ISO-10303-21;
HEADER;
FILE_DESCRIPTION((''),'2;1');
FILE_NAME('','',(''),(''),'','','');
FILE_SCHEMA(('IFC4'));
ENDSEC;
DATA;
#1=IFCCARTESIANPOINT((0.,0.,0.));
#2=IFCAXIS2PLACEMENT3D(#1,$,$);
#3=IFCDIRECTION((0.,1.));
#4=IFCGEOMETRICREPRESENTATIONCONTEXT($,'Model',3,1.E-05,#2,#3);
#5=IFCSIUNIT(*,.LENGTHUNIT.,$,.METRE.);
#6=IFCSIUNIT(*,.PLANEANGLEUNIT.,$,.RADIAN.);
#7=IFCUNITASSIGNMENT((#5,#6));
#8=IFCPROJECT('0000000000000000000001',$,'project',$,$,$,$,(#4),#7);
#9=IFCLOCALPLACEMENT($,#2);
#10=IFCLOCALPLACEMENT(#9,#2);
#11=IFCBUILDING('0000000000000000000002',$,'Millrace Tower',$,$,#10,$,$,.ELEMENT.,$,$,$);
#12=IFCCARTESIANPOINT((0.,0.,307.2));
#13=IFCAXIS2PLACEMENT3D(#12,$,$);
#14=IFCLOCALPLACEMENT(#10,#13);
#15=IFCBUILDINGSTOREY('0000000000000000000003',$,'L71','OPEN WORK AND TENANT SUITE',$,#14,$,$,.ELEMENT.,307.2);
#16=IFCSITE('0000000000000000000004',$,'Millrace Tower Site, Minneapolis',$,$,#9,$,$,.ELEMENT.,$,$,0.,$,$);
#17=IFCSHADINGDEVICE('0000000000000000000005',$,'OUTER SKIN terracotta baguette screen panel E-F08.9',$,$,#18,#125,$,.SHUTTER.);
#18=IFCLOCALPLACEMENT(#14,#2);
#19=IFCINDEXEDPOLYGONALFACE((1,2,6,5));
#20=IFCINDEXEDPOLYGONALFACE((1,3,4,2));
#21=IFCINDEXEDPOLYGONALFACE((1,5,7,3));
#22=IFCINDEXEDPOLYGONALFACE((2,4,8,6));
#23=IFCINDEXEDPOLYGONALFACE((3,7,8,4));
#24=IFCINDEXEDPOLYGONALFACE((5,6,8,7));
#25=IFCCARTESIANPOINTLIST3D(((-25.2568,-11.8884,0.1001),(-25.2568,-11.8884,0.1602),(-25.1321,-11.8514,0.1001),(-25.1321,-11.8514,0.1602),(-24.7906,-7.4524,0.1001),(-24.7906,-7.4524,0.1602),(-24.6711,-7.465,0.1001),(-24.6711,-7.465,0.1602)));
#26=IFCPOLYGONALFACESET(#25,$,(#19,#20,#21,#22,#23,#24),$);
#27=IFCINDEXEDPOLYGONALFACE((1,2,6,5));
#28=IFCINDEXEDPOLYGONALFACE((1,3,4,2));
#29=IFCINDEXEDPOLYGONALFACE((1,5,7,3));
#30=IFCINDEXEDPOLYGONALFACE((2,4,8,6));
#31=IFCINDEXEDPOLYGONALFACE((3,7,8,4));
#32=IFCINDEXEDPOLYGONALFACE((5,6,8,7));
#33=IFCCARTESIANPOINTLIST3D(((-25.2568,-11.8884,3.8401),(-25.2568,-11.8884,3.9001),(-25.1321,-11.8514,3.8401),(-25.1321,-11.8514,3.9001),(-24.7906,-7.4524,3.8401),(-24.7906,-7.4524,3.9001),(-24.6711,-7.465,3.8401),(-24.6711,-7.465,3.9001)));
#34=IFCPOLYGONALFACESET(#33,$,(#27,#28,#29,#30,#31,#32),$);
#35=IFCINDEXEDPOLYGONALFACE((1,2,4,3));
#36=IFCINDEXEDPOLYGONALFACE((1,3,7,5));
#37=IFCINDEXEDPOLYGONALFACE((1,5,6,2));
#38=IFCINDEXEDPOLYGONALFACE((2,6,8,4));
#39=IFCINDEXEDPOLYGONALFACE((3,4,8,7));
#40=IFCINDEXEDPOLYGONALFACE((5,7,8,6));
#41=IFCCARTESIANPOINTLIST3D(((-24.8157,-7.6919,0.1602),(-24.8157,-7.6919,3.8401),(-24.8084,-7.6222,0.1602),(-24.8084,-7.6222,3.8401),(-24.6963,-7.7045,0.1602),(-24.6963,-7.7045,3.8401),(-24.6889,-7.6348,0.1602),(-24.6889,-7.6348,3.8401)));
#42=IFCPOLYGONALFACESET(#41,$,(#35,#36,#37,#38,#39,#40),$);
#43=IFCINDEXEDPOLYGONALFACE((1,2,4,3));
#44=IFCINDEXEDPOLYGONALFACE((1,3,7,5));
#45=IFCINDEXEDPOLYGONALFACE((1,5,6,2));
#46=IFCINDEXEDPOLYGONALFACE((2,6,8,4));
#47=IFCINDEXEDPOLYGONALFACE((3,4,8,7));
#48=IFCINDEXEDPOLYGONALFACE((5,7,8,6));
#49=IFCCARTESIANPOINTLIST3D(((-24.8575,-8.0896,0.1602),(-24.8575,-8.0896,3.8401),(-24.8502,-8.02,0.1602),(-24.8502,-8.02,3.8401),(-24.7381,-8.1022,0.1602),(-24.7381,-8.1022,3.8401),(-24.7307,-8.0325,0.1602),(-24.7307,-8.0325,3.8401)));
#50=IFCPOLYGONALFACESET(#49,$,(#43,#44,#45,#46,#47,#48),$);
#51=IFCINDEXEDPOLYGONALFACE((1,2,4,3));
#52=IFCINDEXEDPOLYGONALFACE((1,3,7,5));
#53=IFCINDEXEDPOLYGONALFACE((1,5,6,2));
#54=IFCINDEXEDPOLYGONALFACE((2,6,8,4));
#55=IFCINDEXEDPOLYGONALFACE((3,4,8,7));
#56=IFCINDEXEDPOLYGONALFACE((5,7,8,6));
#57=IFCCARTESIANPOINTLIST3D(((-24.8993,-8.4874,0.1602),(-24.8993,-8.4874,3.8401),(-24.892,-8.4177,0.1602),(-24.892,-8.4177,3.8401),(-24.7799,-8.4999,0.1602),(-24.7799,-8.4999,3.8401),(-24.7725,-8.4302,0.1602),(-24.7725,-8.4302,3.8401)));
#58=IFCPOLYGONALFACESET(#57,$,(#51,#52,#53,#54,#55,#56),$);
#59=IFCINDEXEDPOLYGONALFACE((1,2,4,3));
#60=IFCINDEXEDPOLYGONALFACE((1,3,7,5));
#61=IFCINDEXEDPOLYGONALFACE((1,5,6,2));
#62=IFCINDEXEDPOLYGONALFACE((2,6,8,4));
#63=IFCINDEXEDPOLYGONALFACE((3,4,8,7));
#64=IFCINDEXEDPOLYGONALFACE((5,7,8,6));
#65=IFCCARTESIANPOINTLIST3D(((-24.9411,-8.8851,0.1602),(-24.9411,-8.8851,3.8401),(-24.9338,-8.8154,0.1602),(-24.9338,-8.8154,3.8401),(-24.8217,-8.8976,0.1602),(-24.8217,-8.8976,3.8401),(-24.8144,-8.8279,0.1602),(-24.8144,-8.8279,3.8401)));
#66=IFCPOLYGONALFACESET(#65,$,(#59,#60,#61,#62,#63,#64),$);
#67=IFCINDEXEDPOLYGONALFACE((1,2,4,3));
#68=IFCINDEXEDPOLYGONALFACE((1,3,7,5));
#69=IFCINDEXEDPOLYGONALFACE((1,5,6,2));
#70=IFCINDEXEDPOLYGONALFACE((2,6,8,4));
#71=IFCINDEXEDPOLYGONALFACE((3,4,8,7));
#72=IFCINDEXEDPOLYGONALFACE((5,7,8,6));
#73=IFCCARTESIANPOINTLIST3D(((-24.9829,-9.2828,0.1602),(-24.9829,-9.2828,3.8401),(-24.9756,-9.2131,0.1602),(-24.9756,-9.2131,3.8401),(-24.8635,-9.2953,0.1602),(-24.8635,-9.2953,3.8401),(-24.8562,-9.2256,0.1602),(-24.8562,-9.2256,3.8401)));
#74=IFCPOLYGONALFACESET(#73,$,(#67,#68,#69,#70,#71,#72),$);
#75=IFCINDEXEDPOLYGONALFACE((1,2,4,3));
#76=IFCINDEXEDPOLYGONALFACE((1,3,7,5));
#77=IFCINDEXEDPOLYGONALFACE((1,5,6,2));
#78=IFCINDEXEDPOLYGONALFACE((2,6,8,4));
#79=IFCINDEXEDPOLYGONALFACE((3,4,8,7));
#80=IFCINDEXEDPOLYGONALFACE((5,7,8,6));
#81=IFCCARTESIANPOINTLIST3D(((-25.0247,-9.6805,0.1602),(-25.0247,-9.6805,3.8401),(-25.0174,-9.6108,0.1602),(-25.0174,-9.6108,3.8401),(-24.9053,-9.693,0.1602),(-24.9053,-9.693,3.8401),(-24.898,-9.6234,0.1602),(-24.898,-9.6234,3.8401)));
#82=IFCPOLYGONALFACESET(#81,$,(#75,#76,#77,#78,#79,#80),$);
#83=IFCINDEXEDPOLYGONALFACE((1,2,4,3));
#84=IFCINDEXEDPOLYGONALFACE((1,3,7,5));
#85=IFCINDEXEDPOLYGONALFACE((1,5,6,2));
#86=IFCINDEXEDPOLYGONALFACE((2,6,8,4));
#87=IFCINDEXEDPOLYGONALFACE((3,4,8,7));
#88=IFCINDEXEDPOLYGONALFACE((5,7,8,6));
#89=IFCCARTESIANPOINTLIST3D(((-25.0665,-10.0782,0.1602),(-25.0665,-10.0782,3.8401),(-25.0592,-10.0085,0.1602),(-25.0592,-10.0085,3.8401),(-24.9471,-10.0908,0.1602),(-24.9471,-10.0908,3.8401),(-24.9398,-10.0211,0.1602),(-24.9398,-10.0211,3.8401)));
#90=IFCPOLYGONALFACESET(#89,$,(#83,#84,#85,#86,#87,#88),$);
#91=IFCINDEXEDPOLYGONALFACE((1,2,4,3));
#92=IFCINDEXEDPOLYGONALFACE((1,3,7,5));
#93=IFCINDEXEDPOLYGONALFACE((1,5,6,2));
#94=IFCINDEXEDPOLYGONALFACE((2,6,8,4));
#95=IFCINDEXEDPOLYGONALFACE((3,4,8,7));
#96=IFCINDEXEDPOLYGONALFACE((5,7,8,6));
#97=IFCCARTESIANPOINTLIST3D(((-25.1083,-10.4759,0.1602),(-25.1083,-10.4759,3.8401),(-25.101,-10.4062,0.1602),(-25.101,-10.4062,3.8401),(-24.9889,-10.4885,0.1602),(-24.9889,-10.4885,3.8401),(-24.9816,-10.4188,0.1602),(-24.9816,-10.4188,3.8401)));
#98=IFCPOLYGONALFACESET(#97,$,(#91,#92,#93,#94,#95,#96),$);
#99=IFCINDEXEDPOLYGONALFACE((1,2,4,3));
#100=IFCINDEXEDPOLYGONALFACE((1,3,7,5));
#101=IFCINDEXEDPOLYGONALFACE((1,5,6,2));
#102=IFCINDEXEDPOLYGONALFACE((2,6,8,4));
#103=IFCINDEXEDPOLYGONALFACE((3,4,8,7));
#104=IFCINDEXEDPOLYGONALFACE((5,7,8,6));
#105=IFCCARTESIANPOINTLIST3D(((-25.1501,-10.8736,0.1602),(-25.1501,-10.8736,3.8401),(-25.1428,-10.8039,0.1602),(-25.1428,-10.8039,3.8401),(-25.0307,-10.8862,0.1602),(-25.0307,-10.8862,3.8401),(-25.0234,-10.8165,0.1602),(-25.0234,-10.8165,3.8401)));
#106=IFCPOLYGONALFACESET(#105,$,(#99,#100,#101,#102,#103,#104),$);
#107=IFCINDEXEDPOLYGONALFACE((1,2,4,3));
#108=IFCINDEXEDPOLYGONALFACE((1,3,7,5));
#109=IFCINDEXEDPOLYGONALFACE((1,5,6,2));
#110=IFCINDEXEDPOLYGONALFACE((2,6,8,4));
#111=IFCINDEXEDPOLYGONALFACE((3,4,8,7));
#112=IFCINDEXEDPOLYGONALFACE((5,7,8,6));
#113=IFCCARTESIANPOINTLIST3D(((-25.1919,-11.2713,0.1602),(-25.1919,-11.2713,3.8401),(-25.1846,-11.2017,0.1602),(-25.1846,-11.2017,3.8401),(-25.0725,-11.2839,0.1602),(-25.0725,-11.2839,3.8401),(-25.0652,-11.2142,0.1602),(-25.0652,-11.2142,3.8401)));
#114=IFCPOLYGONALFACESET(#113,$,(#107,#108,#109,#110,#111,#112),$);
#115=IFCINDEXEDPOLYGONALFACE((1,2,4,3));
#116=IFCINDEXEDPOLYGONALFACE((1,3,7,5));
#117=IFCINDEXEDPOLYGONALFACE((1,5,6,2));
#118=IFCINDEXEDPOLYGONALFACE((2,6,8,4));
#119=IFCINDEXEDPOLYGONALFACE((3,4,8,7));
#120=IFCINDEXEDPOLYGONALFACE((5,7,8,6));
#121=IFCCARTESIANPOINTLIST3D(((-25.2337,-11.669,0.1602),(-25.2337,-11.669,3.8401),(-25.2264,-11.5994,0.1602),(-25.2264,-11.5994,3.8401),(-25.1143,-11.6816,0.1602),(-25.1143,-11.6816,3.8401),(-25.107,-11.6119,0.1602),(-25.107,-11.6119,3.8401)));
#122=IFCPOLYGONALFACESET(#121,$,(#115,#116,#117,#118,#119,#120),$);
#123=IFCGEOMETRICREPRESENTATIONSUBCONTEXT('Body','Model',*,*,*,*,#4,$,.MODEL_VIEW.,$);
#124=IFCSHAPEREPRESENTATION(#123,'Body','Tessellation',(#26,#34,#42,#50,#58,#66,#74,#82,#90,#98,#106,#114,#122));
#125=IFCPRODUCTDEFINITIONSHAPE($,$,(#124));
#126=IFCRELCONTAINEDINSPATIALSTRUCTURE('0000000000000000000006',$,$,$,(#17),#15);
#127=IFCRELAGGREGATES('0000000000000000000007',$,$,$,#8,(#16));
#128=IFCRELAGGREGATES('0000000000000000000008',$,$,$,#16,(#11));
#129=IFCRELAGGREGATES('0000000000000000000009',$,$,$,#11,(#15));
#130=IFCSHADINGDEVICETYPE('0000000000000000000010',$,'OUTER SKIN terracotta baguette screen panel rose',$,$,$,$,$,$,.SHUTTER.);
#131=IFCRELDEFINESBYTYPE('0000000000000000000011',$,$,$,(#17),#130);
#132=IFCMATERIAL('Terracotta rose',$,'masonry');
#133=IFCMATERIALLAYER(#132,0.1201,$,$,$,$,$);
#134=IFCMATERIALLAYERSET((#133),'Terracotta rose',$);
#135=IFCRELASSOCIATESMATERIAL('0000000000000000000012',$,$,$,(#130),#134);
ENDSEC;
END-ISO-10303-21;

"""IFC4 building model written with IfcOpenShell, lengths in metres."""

from ifc_helpers import new_model, entity, si_unit, direction, frame, frame_2d, origin, place, context, subcontext, project, spatial, rectangle, extrude, source, transform, mapped, material, layer, layer_set, type_object, element, save


model = new_model("IFC4")

# Units and contexts
model_context = context("Model", 3, precision=1e-05, world=origin(), true_north=direction((0.0, 1.0)))
body_context = subcontext(model_context, "Body", "Model", "MODEL_VIEW")
ifc_project = project(units=[si_unit("LENGTHUNIT", "METRE"), si_unit("PLANEANGLEUNIT", "RADIAN")], contexts=[model_context])

# Site, building, storey
site_placement = place(None, origin())
site = spatial("IfcSite", under=ifc_project, at=site_placement, Name="Millrace Tower Site, Minneapolis", CompositionType="ELEMENT", RefElevation=0.0)
building_placement = place(site_placement, origin())
building = spatial("IfcBuilding", under=site, at=building_placement, Name="Millrace Tower", CompositionType="ELEMENT")
storey_placement = place(building_placement, frame((0.0, 0.0, 307.2)))
storey = spatial("IfcBuildingStorey", under=building, at=storey_placement, Name="L71", Description="OPEN WORK AND TENANT SUITE", CompositionType="ELEMENT", Elevation=307.2)

# Shading device
ifc_material_1 = material(Name="Terracotta rose", Category="masonry")
ifc_layer_1 = layer(ifc_material_1, 0.1201)
ifc_layer_set_1 = layer_set([ifc_layer_1], Name="Terracotta rose")
shading_device_type = type_object("IfcShadingDeviceType", Name="OUTER SKIN terracotta baguette screen panel rose", PredefinedType="SHUTTER", material=ifc_layer_set_1)
cartesian_point_1 = entity("IfcCartesianPoint", [-2.2178, 0.0601])
shared_polyline_1 = entity("IfcPolyline", [cartesian_point_1, entity("IfcCartesianPoint", [2.1929, 0.0601]), entity("IfcCartesianPoint", [2.2427, -0.0601]), entity("IfcCartesianPoint", [-2.2178, -0.0601]), cartesian_point_1])
shared_shape_1 = source(origin(), body_context, "Body", "SweptSolid", [
    entity("IfcExtrudedAreaSolid", entity("IfcArbitraryClosedProfileDef", "AREA", None, shared_polyline_1), entity("IfcAxis2Placement3D", entity("IfcCartesianPoint", [0.0, 0.0, 0.0])), entity("IfcDirection", [0.0, 0.0, 1.0]), 0.0601),
    entity("IfcExtrudedAreaSolid", entity("IfcArbitraryClosedProfileDef", "AREA", None, shared_polyline_1), entity("IfcAxis2Placement3D", entity("IfcCartesianPoint", [0.0, 0.0, 3.74])), entity("IfcDirection", [0.0, 0.0, 1.0]), 0.0601),
    extrude(rectangle(XDim=0.0701, YDim=0.1201, at=frame_2d((-2.012, 0.0))), frame((0.0, 0.0, 0.0601)), (0.0, 0.0, 1.0), 3.6799),
    extrude(rectangle(XDim=0.0701, YDim=0.1201, at=frame_2d((-1.6121, 0.0))), frame((0.0, 0.0, 0.0601)), (0.0, 0.0, 1.0), 3.6799),
    extrude(rectangle(XDim=0.0701, YDim=0.1201, at=frame_2d((-1.2122, 0.0))), frame((0.0, 0.0, 0.0601)), (0.0, 0.0, 1.0), 3.6799),
    extrude(rectangle(XDim=0.0701, YDim=0.1201, at=frame_2d((-0.8123, 0.0))), frame((0.0, 0.0, 0.0601)), (0.0, 0.0, 1.0), 3.6799),
    extrude(rectangle(XDim=0.0701, YDim=0.1201, at=frame_2d((-0.4124, 0.0))), frame((0.0, 0.0, 0.0601)), (0.0, 0.0, 1.0), 3.6799),
    extrude(rectangle(XDim=0.0701, YDim=0.1201, at=frame_2d((-0.0125, 0.0))), frame((0.0, 0.0, 0.0601)), (0.0, 0.0, 1.0), 3.6799),
    extrude(rectangle(XDim=0.0701, YDim=0.1201, at=frame_2d((0.3875, 0.0))), frame((0.0, 0.0, 0.0601)), (0.0, 0.0, 1.0), 3.6799),
    extrude(rectangle(XDim=0.0701, YDim=0.1201, at=frame_2d((0.7874, 0.0))), frame((0.0, 0.0, 0.0601)), (0.0, 0.0, 1.0), 3.6799),
    extrude(rectangle(XDim=0.0701, YDim=0.1201, at=frame_2d((1.1873, 0.0))), frame((0.0, 0.0, 0.0601)), (0.0, 0.0, 1.0), 3.6799),
    extrude(rectangle(XDim=0.0701, YDim=0.1201, at=frame_2d((1.5872, 0.0))), frame((0.0, 0.0, 0.0601)), (0.0, 0.0, 1.0), 3.6799),
    extrude(rectangle(XDim=0.0701, YDim=0.1201, at=frame_2d((1.9871, 0.0))), frame((0.0, 0.0, 0.0601)), (0.0, 0.0, 1.0), 3.6799),
])
shading_device_placement = place(storey_placement, frame((-24.9626, -9.6643, 0.1001), z_axis=(0.0, 0.0, 1.0), x_axis=(-0.104528, -0.994522, 0.0)))
element("IfcShadingDevice", 1, at=shading_device_placement, inside=storey, type_object=shading_device_type, Name="OUTER SKIN terracotta baguette screen panel E-F08.9", PredefinedType="SHUTTER", context=body_context, shape_type="MappedRepresentation", body=[
    mapped(shared_shape_1, transform((0.0, 0.0, 0.0), scale=1.0)),
])

save(model, "model.ifc")
